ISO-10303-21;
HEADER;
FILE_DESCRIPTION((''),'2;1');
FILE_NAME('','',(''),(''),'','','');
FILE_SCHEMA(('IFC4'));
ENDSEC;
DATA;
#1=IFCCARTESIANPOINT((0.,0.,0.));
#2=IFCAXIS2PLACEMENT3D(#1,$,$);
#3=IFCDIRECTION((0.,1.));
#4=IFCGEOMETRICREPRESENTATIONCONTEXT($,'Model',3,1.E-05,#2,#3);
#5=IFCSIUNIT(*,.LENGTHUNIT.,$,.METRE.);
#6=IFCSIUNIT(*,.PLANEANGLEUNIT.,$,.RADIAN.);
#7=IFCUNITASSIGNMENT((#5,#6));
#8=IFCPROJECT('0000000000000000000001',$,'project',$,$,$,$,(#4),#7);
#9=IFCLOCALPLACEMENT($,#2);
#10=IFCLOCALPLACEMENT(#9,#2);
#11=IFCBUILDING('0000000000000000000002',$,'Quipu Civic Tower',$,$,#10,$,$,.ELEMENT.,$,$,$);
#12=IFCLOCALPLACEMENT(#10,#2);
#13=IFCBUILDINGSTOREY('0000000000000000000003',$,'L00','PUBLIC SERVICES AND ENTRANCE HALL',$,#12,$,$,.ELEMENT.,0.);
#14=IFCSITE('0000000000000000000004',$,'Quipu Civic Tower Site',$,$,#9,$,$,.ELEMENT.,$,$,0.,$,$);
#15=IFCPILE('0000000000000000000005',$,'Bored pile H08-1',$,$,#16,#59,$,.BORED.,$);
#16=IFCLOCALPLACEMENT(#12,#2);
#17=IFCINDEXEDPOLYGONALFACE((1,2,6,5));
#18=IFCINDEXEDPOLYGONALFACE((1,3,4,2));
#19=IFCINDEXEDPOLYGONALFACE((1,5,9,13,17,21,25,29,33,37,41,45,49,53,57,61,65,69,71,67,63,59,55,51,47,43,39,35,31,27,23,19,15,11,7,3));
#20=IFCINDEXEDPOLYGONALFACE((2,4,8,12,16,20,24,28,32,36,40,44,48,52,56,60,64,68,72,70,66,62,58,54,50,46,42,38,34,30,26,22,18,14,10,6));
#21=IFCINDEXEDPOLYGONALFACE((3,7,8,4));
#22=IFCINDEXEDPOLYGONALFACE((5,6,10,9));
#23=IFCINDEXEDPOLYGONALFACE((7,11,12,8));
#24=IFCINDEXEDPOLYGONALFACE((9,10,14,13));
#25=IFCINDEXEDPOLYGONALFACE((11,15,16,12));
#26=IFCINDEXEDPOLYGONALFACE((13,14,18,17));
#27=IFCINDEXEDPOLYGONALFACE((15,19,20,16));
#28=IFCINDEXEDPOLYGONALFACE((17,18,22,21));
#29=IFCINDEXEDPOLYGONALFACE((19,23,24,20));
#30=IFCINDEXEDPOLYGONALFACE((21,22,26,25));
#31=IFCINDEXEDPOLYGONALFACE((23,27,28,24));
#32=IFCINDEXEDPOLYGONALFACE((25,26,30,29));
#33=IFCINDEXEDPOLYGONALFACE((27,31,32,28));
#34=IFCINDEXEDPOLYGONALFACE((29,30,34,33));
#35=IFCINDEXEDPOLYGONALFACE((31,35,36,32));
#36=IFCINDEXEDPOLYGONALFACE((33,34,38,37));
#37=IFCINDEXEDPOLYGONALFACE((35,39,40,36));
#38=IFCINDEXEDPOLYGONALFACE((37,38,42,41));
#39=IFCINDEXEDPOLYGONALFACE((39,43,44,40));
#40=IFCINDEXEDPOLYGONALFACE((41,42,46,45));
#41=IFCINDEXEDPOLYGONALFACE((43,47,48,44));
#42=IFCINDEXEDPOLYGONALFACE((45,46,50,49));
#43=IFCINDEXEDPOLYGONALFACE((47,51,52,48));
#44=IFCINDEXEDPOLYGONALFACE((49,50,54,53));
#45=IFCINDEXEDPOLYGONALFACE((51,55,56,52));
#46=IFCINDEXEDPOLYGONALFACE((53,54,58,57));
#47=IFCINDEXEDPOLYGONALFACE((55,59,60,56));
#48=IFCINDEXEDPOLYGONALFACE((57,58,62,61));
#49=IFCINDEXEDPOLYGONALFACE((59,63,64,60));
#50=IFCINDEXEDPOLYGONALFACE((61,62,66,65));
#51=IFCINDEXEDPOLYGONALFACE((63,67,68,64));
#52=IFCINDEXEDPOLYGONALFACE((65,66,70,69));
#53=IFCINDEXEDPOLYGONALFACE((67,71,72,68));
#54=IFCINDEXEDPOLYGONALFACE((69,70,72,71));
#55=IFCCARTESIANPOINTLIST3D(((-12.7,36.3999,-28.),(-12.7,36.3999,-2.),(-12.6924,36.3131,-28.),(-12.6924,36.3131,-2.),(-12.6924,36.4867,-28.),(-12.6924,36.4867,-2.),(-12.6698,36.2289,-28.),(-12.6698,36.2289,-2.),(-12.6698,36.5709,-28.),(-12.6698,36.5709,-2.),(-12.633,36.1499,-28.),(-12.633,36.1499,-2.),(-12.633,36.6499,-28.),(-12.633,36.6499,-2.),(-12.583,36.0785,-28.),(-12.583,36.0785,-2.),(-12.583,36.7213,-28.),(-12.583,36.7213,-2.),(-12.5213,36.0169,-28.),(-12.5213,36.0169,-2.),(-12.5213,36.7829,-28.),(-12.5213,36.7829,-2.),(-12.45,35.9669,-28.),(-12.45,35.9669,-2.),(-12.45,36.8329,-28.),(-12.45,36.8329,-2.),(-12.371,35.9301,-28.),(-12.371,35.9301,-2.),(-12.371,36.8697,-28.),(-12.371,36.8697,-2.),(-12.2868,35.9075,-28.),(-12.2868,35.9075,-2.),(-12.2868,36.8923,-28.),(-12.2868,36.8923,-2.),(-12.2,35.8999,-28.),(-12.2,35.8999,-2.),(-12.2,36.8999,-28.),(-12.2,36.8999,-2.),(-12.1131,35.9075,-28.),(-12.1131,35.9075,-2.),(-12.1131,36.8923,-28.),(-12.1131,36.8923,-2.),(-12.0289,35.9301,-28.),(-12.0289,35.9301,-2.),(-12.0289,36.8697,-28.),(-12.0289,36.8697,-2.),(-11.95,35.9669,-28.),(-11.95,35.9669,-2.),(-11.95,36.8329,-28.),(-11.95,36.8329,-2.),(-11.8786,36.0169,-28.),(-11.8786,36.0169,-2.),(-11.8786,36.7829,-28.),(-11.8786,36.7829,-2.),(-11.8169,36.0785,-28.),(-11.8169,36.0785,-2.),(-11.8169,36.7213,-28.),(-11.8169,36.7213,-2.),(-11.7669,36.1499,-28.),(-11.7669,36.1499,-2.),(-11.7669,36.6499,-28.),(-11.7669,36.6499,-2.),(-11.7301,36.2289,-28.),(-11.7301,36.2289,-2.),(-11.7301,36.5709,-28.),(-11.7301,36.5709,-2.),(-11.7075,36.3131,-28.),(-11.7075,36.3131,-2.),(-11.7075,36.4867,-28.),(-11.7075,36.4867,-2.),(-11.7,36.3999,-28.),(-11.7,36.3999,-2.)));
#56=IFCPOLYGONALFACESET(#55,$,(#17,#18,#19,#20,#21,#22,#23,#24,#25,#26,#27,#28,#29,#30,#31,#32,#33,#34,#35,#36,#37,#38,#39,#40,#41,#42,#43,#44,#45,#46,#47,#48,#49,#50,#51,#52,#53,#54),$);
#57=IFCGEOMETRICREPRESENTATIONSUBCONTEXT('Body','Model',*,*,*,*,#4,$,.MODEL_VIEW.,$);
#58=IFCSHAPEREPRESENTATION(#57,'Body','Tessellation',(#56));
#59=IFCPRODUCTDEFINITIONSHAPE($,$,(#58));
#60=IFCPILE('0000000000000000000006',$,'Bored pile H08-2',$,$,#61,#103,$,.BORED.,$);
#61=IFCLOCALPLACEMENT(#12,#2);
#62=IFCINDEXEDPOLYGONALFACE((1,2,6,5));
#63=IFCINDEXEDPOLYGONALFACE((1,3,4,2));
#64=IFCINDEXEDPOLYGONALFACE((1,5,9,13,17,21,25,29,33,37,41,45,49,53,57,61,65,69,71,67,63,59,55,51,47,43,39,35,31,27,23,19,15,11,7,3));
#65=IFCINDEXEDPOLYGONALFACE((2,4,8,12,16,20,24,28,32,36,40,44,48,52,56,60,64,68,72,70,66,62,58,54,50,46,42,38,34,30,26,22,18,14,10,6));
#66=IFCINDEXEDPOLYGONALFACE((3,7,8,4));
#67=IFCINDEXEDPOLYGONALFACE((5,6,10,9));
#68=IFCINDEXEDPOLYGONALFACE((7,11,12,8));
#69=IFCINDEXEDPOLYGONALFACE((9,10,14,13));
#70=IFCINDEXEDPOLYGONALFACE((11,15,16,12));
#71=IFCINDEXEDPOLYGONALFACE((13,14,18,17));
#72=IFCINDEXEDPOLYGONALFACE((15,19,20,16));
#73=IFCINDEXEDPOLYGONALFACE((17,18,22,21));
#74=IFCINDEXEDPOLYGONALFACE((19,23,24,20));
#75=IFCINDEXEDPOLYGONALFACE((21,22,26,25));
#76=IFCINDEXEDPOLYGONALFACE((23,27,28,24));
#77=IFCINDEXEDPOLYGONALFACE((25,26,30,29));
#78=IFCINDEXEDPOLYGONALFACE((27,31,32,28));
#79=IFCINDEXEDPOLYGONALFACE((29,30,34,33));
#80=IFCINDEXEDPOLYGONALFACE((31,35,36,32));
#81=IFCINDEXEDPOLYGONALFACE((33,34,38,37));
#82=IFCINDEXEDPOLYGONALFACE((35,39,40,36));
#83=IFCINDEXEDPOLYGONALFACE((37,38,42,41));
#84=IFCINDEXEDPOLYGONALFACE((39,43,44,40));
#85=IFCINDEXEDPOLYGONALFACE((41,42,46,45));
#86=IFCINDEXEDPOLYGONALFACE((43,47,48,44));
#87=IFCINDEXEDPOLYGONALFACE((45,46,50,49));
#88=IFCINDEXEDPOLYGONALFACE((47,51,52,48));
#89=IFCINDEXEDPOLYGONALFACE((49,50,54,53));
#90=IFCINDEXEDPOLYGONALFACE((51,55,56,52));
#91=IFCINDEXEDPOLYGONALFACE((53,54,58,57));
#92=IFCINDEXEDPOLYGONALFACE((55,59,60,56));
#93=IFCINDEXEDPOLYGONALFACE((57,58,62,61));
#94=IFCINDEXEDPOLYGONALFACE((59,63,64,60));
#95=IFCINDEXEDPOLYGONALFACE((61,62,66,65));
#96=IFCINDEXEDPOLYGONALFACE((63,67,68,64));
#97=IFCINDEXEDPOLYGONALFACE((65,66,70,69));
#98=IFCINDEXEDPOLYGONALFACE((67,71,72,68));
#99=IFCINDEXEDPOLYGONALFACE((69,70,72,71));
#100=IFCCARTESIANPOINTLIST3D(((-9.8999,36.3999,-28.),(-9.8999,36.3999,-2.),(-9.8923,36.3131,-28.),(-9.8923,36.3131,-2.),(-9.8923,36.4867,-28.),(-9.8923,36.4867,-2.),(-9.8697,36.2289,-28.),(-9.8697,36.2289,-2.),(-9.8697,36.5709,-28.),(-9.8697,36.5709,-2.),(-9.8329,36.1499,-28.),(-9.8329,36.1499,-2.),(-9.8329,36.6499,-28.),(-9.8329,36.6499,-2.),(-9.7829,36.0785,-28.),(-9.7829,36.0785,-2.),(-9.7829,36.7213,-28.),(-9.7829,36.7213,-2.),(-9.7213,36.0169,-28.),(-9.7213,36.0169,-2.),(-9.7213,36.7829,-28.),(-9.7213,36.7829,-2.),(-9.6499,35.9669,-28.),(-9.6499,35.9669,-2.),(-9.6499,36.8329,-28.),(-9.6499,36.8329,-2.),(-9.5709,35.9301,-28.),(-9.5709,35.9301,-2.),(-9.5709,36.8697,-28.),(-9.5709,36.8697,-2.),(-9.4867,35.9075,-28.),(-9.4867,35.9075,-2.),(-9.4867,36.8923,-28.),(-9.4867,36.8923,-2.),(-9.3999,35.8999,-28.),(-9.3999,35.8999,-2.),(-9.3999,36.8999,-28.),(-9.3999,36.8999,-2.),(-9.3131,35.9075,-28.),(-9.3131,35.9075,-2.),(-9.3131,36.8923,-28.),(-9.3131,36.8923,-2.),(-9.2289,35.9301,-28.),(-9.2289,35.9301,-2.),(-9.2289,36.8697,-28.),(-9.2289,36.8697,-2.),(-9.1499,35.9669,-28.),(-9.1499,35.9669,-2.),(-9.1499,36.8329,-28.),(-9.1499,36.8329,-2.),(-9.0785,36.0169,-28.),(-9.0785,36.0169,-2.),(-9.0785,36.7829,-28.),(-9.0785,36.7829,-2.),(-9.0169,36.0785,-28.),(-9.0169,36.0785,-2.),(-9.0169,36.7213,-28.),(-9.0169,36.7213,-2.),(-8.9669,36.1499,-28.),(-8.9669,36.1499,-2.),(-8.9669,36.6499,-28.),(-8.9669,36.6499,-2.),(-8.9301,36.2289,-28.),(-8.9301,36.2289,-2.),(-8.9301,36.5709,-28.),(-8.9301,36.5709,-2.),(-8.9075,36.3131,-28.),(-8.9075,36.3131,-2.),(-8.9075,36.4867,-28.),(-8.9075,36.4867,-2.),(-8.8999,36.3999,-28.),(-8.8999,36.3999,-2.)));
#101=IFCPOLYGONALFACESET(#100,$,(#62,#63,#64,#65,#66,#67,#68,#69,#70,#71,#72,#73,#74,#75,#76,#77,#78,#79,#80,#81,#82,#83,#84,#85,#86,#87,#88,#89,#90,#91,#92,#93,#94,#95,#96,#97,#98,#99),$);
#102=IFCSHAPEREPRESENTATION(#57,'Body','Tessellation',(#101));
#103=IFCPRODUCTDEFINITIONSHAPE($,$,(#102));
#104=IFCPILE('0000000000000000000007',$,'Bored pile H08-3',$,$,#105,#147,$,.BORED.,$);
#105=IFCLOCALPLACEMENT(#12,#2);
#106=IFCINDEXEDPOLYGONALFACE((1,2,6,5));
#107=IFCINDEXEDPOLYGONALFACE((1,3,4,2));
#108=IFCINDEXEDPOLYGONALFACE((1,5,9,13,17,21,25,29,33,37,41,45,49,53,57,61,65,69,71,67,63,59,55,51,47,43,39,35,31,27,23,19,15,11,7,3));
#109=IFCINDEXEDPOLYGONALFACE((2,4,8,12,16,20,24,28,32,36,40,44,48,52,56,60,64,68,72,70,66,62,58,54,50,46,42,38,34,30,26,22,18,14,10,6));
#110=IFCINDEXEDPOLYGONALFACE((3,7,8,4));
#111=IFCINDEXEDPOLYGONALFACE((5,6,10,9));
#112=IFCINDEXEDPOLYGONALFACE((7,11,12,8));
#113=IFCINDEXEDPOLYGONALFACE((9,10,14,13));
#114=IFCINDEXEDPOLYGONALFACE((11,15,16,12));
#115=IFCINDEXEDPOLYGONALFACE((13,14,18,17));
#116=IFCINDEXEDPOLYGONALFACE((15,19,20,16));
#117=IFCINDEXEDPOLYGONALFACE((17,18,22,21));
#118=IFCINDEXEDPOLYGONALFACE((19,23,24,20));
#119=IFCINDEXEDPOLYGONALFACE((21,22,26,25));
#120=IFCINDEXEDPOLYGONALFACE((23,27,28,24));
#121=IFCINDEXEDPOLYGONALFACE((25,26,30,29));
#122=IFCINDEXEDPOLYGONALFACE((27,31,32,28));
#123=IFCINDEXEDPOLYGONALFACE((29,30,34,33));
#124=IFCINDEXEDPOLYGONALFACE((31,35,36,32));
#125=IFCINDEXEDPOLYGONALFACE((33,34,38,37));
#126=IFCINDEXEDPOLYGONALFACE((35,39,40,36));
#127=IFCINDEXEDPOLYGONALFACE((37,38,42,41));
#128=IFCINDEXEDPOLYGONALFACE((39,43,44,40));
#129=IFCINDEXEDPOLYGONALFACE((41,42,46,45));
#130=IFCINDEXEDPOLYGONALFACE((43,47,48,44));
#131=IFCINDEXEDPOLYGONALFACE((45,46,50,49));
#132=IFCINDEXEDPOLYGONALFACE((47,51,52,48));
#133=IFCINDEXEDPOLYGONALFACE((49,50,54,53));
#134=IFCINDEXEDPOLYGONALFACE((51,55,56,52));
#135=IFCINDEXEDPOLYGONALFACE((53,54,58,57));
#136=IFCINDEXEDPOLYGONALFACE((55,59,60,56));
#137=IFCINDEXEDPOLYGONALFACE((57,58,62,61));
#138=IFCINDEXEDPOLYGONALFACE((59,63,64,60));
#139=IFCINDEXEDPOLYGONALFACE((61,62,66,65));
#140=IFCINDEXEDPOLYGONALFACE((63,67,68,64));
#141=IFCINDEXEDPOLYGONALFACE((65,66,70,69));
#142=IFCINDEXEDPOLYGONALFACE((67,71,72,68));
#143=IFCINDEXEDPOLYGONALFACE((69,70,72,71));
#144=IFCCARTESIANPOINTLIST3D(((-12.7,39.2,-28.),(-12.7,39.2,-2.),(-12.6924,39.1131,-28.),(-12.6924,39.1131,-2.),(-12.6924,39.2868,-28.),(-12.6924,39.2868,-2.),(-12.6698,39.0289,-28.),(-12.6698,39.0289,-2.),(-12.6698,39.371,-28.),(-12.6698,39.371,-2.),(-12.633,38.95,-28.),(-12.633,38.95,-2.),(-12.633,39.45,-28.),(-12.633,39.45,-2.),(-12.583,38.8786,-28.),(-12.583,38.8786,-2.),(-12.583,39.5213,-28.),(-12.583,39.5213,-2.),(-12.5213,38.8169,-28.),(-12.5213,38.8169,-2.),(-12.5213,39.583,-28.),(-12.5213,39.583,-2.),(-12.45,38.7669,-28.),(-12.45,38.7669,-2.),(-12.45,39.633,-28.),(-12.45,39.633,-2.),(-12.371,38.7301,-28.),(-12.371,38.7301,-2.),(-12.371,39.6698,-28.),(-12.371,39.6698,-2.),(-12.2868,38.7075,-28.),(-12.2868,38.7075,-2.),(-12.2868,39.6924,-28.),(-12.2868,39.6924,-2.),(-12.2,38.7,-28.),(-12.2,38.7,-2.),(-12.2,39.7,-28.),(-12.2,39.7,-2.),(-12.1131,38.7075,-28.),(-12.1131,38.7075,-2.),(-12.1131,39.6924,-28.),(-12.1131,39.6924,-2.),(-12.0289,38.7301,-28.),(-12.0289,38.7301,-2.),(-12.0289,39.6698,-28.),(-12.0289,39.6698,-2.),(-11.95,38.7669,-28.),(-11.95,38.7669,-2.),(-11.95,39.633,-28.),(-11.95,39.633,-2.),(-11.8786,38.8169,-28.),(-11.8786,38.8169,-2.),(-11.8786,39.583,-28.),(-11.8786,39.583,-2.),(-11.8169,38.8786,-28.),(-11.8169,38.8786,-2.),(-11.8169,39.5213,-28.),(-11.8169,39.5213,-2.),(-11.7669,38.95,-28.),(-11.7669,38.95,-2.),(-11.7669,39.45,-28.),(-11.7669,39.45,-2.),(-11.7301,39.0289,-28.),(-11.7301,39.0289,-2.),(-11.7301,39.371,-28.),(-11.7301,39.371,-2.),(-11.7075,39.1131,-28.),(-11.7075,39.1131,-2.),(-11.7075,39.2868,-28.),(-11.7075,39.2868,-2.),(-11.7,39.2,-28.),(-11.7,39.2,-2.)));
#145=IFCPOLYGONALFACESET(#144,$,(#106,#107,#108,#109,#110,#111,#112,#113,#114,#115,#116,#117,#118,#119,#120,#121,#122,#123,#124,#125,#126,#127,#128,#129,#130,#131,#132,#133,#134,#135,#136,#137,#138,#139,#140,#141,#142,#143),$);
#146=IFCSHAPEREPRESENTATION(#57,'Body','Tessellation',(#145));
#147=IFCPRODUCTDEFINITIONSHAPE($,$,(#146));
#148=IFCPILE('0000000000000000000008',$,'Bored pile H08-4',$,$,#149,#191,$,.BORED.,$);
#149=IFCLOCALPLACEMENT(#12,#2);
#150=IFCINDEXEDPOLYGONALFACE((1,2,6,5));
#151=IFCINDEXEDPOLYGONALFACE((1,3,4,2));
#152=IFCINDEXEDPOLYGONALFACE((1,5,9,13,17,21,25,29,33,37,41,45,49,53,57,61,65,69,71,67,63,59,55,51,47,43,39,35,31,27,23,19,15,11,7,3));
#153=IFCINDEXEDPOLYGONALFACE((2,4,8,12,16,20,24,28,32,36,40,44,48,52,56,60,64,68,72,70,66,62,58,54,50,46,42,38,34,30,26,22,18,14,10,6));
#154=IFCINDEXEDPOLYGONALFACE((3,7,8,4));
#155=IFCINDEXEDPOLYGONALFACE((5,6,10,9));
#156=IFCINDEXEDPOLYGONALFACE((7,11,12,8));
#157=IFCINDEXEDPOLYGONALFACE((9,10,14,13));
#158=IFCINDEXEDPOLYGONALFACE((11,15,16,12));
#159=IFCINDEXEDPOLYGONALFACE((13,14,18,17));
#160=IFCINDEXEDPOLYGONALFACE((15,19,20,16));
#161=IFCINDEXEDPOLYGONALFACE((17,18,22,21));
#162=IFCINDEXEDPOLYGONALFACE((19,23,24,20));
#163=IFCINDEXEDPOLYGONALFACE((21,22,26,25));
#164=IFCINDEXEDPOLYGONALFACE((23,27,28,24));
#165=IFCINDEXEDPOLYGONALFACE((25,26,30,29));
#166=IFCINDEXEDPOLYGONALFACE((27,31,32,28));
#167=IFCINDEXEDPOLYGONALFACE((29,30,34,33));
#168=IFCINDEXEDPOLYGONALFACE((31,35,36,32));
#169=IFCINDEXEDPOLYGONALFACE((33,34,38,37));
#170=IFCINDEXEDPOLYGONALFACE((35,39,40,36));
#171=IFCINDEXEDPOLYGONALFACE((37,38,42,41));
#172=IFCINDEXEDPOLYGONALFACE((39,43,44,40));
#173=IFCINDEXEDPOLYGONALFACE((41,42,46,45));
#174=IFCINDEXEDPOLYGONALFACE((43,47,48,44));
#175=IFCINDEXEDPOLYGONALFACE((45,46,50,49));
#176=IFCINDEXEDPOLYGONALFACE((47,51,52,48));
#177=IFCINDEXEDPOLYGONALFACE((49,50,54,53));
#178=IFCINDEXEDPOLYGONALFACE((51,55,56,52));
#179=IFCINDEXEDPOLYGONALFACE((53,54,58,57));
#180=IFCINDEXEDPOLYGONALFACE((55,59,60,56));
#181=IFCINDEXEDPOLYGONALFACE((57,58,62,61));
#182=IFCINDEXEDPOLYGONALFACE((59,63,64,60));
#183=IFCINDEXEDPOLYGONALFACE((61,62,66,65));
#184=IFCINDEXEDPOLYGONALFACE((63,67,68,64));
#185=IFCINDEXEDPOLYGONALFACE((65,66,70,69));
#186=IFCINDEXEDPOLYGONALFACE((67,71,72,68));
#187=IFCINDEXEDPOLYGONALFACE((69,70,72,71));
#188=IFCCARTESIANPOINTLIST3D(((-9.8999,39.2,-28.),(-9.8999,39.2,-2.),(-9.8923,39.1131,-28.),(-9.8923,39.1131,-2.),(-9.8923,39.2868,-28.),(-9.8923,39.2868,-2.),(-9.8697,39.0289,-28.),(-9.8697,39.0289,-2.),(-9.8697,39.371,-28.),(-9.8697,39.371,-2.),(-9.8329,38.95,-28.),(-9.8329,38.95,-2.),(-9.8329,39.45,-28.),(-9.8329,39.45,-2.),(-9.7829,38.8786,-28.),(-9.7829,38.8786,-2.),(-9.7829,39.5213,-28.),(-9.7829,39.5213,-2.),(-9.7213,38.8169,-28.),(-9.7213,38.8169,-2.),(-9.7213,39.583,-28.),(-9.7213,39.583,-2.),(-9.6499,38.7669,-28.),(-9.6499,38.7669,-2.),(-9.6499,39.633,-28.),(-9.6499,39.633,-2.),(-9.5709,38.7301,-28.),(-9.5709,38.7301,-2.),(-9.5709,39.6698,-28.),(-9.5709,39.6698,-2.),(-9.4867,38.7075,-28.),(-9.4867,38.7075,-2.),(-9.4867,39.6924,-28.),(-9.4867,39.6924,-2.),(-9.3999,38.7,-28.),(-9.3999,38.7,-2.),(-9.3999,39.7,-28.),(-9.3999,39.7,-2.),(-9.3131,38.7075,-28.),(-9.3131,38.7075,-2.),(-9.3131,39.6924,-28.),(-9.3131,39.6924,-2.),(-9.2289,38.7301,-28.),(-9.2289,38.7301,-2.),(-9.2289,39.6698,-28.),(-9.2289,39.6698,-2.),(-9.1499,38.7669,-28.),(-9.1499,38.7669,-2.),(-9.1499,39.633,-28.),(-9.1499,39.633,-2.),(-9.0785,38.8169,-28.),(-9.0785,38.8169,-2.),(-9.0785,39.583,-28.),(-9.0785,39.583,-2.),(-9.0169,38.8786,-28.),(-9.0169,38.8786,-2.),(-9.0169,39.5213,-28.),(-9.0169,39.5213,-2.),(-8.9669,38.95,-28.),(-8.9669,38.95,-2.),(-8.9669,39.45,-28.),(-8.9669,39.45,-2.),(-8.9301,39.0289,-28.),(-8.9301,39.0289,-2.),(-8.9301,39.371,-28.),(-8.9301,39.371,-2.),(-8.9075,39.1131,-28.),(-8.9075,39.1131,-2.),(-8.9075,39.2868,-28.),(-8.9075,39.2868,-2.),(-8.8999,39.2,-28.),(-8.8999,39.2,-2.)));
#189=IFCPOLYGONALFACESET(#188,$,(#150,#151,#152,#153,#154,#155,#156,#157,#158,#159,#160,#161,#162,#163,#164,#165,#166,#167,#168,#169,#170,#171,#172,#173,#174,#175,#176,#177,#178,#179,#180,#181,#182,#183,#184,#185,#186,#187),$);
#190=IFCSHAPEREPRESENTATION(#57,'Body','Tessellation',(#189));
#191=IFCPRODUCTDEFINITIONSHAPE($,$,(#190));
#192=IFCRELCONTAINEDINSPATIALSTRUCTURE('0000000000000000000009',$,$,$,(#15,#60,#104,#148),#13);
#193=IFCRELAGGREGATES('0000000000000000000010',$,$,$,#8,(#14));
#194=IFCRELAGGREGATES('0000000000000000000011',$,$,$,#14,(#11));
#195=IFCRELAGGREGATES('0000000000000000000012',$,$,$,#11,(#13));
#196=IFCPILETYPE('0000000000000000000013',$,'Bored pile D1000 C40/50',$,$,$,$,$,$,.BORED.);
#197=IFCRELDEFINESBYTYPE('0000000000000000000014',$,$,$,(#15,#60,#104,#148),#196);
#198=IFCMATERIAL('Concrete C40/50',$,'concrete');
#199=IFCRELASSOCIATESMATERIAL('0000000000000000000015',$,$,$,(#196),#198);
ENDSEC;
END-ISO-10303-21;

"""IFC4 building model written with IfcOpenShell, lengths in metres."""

from ifc_helpers import new_model, si_unit, direction, frame, origin, origin_2d, place, context, subcontext, project, spatial, circle, extrude, material, material_profile, profile_set, type_object, element, save


model = new_model("IFC4")

# Units and contexts
model_context = context("Model", 3, precision=1e-05, world=origin(), true_north=direction((0.0, 1.0)))
body_context = subcontext(model_context, "Body", "Model", "MODEL_VIEW")
ifc_project = project(units=[si_unit("LENGTHUNIT", "METRE"), si_unit("PLANEANGLEUNIT", "RADIAN")], contexts=[model_context])

# Site, building, storey
site_placement = place(None, origin())
site = spatial("IfcSite", under=ifc_project, at=site_placement, Name="Quipu Civic Tower Site", CompositionType="ELEMENT", RefElevation=0.0)
building_placement = place(site_placement, origin())
building = spatial("IfcBuilding", under=site, at=building_placement, Name="Quipu Civic Tower", CompositionType="ELEMENT")
storey_placement = place(building_placement, origin())
storey = spatial("IfcBuildingStorey", under=building, at=storey_placement, Name="L00", Description="PUBLIC SERVICES AND ENTRANCE HALL", CompositionType="ELEMENT", Elevation=0.0)

# Piles
ifc_material_1 = material(Name="Concrete C40/50", Category="concrete")
ifc_material_profile_1 = material_profile(ifc_material_1, circle(Radius=0.5, at=origin_2d()), Name="RCD1000")
ifc_profile_set_1 = profile_set([ifc_material_profile_1], Name="Concrete C40/50")
pile_type = type_object("IfcPileType", Name="Bored pile D1000 C40/50", PredefinedType="BORED", material=ifc_profile_set_1)
for number, where, z_axis, x_axis, name in (
    (1, (-12.2, 36.3999, -2.0), (0.0, 0.0, -1.0), (1.0, 0.0, 0.0), "Bored pile H08-1"),
    (2, (-9.3999, 36.3999, -2.0), (0.0, 0.0, -1.0), (1.0, 0.0, 0.0), "Bored pile H08-2"),
    (3, (-12.2, 39.2, -2.0), (0.0, 0.0, -1.0), (1.0, 0.0, 0.0), "Bored pile H08-3"),
    (4, (-9.3999, 39.2, -2.0), (0.0, 0.0, -1.0), (1.0, 0.0, 0.0), "Bored pile H08-4"),
):
    element("IfcPile", number, at=place(storey_placement, frame(where, z_axis=z_axis, x_axis=x_axis)), inside=storey, type_object=pile_type, Name=name, PredefinedType="BORED", context=body_context, shape_type="SweptSolid", body=[
        extrude(circle(Radius=0.5, at=origin_2d()), origin(), (0.0, 0.0, 1.0), 26.0),
    ])

save(model, "model.ifc")
